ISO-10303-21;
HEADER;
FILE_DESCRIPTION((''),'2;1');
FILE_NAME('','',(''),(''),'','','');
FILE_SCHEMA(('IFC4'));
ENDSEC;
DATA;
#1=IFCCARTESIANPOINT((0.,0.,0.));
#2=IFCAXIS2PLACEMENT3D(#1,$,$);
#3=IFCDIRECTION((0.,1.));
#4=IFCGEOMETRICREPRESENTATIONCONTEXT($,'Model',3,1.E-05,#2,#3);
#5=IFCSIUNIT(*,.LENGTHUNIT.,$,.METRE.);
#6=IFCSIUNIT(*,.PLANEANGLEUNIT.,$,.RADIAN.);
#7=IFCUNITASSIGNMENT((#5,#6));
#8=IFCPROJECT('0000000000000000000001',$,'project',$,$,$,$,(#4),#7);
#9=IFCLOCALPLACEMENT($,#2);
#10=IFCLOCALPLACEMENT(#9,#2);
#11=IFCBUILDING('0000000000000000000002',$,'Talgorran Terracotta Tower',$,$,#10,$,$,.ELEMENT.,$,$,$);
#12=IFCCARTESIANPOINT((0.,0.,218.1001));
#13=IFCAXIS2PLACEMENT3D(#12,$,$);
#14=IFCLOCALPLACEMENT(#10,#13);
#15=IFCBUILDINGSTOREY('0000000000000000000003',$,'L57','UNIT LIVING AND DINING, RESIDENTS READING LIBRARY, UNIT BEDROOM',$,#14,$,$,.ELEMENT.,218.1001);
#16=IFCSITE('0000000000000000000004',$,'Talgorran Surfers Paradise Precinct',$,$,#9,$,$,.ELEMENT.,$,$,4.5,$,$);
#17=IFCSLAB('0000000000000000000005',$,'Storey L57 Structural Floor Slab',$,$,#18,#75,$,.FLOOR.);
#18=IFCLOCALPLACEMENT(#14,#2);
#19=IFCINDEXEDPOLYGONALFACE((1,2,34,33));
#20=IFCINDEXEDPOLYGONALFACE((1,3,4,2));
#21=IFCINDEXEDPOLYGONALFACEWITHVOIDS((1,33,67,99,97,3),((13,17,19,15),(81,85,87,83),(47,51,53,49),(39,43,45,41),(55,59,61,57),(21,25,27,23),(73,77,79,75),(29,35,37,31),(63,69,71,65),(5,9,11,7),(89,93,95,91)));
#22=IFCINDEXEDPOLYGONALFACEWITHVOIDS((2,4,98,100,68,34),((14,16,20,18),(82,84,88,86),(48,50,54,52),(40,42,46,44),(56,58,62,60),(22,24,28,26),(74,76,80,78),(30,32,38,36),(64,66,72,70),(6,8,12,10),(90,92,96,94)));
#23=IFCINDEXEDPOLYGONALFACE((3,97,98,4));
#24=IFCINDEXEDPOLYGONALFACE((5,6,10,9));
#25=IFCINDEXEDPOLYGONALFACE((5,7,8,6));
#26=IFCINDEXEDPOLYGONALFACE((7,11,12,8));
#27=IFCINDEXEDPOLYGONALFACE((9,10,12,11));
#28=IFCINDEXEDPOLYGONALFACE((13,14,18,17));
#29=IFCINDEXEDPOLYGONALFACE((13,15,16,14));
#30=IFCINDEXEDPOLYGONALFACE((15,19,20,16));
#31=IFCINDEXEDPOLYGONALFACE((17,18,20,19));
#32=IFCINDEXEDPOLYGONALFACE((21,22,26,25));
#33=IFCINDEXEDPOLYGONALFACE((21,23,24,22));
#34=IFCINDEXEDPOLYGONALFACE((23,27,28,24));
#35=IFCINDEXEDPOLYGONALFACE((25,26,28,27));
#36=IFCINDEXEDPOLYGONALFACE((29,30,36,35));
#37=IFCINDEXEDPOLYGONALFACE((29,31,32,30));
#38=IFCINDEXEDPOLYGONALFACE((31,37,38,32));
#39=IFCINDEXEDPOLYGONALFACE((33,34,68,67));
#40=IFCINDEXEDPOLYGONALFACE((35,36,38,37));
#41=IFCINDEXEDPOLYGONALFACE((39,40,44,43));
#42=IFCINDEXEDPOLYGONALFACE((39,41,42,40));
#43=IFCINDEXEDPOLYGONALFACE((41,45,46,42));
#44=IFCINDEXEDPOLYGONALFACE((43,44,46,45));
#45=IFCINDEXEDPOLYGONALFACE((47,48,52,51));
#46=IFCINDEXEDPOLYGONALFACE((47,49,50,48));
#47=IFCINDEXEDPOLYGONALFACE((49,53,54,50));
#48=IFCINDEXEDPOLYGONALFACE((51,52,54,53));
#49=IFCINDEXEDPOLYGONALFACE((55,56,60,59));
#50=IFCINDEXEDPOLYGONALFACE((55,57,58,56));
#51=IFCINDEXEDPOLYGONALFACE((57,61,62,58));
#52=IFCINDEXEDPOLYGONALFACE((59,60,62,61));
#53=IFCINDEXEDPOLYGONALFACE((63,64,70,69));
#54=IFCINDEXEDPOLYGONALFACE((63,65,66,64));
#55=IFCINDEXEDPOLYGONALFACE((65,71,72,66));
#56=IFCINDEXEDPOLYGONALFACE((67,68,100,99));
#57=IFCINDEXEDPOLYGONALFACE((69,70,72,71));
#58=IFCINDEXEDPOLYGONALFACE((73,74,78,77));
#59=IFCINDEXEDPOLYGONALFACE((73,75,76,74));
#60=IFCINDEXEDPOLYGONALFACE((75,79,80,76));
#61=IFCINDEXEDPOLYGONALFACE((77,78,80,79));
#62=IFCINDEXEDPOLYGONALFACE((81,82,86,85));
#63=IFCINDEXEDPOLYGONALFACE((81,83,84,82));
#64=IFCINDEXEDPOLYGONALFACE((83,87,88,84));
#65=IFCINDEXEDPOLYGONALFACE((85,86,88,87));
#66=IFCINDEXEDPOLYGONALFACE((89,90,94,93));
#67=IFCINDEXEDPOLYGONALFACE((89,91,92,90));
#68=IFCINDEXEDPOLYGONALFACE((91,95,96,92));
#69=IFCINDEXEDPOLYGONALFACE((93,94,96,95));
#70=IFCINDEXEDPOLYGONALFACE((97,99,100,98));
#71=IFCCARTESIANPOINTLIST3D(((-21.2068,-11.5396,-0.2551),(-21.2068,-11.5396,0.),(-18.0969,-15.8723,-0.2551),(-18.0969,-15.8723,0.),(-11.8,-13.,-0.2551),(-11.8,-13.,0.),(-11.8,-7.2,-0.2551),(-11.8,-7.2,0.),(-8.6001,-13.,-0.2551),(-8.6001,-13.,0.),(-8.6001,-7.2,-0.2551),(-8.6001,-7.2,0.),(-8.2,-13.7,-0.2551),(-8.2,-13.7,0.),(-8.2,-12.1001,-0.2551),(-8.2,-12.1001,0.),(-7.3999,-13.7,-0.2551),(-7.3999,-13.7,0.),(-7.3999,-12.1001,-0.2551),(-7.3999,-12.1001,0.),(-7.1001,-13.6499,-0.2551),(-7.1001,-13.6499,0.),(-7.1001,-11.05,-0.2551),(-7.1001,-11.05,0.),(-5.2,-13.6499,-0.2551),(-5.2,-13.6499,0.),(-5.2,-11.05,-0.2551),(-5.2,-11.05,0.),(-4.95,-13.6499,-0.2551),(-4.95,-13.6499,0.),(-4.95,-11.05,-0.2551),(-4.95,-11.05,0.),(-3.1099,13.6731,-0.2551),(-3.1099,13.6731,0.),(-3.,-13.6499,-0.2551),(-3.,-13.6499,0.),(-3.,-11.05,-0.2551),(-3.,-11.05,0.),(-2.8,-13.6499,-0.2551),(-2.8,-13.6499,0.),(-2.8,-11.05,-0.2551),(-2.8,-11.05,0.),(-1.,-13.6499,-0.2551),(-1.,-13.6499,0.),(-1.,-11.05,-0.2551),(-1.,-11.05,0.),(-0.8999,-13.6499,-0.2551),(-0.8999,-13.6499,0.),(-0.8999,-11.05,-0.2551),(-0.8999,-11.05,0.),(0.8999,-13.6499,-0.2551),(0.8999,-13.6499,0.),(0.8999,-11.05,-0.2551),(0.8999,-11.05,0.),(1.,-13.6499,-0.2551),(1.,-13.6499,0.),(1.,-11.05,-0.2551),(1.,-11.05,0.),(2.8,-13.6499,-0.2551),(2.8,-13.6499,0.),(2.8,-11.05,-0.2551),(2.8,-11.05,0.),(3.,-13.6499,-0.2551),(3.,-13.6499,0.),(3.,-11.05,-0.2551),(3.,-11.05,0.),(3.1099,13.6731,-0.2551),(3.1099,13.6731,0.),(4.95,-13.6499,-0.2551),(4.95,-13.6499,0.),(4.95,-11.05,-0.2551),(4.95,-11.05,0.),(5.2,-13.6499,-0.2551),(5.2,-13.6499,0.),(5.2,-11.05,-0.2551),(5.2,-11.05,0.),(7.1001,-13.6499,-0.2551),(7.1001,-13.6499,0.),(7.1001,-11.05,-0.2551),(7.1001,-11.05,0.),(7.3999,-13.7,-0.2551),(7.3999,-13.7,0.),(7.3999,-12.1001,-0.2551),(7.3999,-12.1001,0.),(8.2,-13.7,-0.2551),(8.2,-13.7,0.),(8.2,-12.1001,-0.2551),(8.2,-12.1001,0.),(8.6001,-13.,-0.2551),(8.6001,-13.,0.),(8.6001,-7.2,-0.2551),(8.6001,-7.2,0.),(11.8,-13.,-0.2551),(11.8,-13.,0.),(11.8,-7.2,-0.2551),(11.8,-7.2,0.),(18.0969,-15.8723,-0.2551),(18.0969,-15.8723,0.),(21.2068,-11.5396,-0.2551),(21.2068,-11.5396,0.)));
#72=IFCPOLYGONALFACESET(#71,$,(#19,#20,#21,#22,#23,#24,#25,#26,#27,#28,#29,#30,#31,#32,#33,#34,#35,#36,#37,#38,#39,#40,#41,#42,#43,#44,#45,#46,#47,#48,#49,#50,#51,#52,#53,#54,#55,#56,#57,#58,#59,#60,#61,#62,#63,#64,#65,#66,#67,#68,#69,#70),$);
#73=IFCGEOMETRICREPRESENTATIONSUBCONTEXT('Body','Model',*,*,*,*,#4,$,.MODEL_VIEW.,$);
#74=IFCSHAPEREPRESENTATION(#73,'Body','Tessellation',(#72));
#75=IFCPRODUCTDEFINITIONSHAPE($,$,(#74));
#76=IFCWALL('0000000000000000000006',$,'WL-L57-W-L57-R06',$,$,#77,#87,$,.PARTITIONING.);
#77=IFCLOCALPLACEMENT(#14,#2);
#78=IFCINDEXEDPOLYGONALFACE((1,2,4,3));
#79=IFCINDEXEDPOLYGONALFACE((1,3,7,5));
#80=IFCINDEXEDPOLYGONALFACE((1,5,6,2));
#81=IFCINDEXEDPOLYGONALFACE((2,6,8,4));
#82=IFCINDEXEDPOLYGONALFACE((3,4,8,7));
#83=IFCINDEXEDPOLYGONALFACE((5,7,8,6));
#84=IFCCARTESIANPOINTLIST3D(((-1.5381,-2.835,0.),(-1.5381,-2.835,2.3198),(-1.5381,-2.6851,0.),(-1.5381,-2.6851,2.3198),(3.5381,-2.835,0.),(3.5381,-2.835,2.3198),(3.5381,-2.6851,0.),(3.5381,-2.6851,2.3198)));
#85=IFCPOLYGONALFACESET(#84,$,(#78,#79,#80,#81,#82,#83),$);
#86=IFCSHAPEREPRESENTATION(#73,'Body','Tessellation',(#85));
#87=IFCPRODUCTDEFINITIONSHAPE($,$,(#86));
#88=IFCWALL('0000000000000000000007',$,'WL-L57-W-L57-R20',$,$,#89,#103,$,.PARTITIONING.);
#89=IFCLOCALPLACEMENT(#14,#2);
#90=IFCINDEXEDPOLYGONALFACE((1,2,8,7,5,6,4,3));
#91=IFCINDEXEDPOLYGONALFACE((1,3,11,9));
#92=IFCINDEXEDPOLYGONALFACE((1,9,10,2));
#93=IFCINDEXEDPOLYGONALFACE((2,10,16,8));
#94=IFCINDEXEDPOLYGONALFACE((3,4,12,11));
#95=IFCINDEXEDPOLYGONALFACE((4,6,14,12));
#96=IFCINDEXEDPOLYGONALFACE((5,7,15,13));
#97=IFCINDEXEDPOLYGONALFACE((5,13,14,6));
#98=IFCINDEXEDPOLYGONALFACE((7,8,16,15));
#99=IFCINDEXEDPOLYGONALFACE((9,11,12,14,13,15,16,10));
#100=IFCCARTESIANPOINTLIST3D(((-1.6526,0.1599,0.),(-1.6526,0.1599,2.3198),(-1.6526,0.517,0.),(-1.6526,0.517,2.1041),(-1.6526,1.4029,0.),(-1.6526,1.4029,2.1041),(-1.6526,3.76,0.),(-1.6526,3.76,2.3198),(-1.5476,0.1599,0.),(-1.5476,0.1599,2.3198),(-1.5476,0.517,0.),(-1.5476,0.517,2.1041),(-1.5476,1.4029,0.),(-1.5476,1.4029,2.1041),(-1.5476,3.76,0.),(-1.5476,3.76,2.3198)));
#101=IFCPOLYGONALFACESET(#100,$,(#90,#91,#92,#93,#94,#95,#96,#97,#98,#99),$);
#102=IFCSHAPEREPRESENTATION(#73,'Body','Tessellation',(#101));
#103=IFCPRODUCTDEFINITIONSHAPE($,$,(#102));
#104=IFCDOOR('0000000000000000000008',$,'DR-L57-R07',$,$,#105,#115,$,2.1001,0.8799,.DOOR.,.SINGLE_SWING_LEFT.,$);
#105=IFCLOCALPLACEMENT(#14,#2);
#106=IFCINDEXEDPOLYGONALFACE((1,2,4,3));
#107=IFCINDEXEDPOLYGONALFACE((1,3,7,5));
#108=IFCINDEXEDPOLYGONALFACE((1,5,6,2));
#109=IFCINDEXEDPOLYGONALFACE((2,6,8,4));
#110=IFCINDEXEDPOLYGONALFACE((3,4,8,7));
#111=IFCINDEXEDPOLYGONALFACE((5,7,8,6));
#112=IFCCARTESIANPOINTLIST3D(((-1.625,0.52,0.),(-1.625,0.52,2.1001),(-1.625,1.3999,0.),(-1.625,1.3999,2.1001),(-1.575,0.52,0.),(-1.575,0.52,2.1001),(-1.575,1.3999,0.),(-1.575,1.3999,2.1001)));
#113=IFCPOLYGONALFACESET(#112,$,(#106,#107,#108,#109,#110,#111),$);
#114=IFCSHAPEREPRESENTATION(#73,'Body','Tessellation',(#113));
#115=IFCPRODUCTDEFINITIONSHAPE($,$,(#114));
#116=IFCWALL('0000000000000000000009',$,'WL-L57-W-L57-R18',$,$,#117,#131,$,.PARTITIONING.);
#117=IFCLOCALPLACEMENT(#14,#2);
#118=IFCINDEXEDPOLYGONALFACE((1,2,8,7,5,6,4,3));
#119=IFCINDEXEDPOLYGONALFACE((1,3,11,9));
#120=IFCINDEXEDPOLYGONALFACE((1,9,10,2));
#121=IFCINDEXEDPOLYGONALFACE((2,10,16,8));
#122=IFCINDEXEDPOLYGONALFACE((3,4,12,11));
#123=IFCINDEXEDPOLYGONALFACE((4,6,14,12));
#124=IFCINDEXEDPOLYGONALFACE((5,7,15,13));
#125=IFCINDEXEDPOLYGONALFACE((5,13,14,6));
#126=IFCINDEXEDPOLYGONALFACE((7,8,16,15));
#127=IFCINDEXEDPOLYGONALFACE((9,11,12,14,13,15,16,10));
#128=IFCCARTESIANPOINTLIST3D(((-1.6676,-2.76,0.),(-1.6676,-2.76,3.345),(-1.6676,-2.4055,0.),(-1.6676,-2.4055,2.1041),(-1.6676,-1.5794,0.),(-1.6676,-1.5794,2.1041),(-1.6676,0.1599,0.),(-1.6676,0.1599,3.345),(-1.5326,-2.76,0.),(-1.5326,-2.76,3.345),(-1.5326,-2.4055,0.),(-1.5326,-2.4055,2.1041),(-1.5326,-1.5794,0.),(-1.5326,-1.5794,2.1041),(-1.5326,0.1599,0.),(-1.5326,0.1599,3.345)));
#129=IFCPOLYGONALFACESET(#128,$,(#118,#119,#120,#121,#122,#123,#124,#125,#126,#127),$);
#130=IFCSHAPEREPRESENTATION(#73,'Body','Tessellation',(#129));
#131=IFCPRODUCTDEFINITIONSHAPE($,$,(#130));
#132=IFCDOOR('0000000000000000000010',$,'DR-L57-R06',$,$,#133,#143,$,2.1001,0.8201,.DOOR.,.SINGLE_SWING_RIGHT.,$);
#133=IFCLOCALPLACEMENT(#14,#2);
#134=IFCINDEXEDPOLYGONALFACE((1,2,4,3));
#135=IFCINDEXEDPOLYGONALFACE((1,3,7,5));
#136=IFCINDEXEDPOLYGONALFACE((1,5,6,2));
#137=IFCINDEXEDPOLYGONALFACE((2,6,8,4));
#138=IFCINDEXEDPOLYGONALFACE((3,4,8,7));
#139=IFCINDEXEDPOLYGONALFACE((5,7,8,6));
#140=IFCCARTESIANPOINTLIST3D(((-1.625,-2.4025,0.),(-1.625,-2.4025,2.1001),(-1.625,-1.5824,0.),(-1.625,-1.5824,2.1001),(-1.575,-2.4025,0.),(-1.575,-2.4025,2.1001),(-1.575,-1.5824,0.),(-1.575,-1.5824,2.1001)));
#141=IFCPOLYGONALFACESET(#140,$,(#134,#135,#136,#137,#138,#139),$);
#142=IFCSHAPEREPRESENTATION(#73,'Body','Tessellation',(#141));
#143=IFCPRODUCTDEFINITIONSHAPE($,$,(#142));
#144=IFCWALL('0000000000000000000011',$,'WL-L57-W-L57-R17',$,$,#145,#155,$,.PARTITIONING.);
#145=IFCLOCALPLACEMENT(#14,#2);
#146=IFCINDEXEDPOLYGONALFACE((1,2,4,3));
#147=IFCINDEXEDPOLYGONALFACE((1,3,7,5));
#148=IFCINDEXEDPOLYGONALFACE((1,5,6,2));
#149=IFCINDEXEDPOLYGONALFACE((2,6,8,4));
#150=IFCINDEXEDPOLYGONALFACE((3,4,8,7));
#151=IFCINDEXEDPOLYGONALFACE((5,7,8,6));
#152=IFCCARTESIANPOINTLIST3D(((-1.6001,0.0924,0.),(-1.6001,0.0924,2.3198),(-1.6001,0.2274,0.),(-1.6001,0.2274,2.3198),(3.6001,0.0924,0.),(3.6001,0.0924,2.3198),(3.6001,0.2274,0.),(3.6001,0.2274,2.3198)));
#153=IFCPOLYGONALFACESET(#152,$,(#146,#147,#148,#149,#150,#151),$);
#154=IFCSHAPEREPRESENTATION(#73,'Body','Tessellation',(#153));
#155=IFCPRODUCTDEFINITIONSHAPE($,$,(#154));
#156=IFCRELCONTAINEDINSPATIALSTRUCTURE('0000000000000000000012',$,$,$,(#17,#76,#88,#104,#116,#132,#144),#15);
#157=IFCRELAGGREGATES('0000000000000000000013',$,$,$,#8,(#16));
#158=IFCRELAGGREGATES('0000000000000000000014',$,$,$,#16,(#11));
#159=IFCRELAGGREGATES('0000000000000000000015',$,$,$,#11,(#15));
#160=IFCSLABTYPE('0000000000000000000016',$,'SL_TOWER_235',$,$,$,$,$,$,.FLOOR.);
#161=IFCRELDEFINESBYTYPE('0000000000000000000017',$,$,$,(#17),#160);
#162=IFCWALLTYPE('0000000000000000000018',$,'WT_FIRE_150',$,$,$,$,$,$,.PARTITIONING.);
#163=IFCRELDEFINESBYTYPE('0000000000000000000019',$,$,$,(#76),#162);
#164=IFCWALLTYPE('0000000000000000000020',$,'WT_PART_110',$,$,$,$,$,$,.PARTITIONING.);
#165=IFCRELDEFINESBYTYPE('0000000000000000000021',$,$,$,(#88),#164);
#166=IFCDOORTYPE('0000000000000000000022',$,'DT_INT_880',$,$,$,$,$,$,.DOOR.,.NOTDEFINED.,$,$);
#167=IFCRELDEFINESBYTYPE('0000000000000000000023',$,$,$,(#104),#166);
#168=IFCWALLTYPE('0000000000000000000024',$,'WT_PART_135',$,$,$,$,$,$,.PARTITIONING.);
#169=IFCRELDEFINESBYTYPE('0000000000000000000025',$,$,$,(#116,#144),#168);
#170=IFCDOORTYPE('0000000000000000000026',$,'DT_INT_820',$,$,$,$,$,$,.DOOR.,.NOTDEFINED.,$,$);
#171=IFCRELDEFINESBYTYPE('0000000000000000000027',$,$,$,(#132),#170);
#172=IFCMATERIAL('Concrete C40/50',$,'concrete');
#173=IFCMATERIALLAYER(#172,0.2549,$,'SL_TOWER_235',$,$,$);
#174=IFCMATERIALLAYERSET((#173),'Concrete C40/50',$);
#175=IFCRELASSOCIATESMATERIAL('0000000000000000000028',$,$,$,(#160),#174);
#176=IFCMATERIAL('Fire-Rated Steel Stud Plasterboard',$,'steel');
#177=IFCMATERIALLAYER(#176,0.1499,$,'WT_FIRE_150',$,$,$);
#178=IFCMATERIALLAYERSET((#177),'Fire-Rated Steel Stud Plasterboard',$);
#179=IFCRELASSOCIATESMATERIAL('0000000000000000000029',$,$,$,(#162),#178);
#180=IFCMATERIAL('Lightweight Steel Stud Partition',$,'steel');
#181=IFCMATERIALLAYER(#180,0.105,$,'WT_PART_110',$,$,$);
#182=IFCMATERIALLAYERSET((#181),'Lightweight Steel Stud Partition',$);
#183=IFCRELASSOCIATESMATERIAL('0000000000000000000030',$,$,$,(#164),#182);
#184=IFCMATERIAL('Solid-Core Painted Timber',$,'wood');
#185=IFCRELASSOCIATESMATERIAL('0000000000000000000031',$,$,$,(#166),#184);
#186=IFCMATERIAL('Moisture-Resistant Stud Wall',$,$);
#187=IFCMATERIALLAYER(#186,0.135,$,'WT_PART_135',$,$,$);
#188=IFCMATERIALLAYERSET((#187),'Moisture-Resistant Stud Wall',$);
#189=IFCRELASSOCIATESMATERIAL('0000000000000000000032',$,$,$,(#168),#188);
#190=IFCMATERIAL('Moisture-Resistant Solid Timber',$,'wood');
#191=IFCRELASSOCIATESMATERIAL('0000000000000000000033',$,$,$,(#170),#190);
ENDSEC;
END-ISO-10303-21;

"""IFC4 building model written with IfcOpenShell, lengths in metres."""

from ifc_helpers import new_model, si_unit, direction, frame, frame_2d, origin, place, context, subcontext, project, spatial, polyline, rectangle, outline, extrude, material, layer, layer_set, type_object, element, fill, save


model = new_model("IFC4")

# Units and contexts
model_context = context("Model", 3, precision=1e-05, world=origin(), true_north=direction((0.0, 1.0)))
body_context = subcontext(model_context, "Body", "Model", "MODEL_VIEW")
ifc_project = project(units=[si_unit("LENGTHUNIT", "METRE"), si_unit("PLANEANGLEUNIT", "RADIAN")], contexts=[model_context])

# Site, building, storey
site_placement = place(None, origin())
site = spatial("IfcSite", under=ifc_project, at=site_placement, Name="Talgorran Surfers Paradise Precinct", CompositionType="ELEMENT", RefElevation=4.5)
building_placement = place(site_placement, origin())
building = spatial("IfcBuilding", under=site, at=building_placement, Name="Talgorran Terracotta Tower", CompositionType="ELEMENT")
storey_placement = place(building_placement, frame((0.0, 0.0, 218.1001)))
storey = spatial("IfcBuildingStorey", under=building, at=storey_placement, Name="L57", Description="UNIT LIVING AND DINING, RESIDENTS READING LIBRARY, UNIT BEDROOM", CompositionType="ELEMENT", Elevation=218.1001)

# Slab
ifc_material_1 = material(Name="Concrete C40/50", Category="concrete")
ifc_layer_1 = layer(ifc_material_1, 0.2549, Name="SL_TOWER_235")
ifc_layer_set_1 = layer_set([ifc_layer_1], Name="Concrete C40/50")
slab_type_1 = type_object("IfcSlabType", Name="SL_TOWER_235", PredefinedType="FLOOR", material=ifc_layer_set_1)
slab_1_placement = place(storey_placement, frame((0.0, 0.0, -0.2551)))
element("IfcSlab", 1, at=slab_1_placement, inside=storey, type_object=slab_type_1, Name="Storey L57 Structural Floor Slab", PredefinedType="FLOOR", context=body_context, shape_type="SweptSolid", body=[
    extrude(outline(polyline([(-21.2068, -11.5396), (-18.0969, -15.8723), (18.0969, -15.8723), (21.2068, -11.5396), (3.1099, 13.6731), (-3.1099, 13.6731), (-21.2068, -11.5396)]), holes=[polyline([(-11.8, -7.2), (-11.8, -13.0), (-8.6001, -13.0), (-8.6001, -7.2), (-11.8, -7.2)]), polyline([(8.6001, -7.2), (8.6001, -13.0), (11.8, -13.0), (11.8, -7.2), (8.6001, -7.2)]), polyline([(-7.1001, -13.6499), (-5.2, -13.6499), (-5.2, -11.05), (-7.1001, -11.05), (-7.1001, -13.6499)]), polyline([(5.2, -13.6499), (7.1001, -13.6499), (7.1001, -11.05), (5.2, -11.05), (5.2, -13.6499)]), polyline([(3.0, -13.6499), (4.95, -13.6499), (4.95, -11.05), (3.0, -11.05), (3.0, -13.6499)]), polyline([(-4.95, -13.6499), (-3.0, -13.6499), (-3.0, -11.05), (-4.95, -11.05), (-4.95, -13.6499)]), polyline([(-2.8, -13.6499), (-1.0, -13.6499), (-1.0, -11.05), (-2.8, -11.05), (-2.8, -13.6499)]), polyline([(-0.8999, -13.6499), (0.8999, -13.6499), (0.8999, -11.05), (-0.8999, -11.05), (-0.8999, -13.6499)]), polyline([(1.0, -13.6499), (2.8, -13.6499), (2.8, -11.05), (1.0, -11.05), (1.0, -13.6499)]), polyline([(-8.2, -13.7), (-7.3999, -13.7), (-7.3999, -12.1001), (-8.2, -12.1001), (-8.2, -13.7)]), polyline([(7.3999, -13.7), (8.2, -13.7), (8.2, -12.1001), (7.3999, -12.1001), (7.3999, -13.7)])]), origin(), (0.0, 0.0, 1.0), 0.2551),
])

# Wall
ifc_material_2 = material(Name="Fire-Rated Steel Stud Plasterboard", Category="steel")
ifc_layer_2 = layer(ifc_material_2, 0.1499, Name="WT_FIRE_150")
ifc_layer_set_2 = layer_set([ifc_layer_2], Name="Fire-Rated Steel Stud Plasterboard")
wall_type_1 = type_object("IfcWallType", Name="WT_FIRE_150", PredefinedType="PARTITIONING", material=ifc_layer_set_2)
wall_1_placement = place(storey_placement, frame((-1.5381, -2.76, 0.0), z_axis=(0.0, 0.0, 1.0), x_axis=(1.0, 0.0, 0.0)))
element("IfcWall", 2, at=wall_1_placement, inside=storey, type_object=wall_type_1, Name="WL-L57-W-L57-R06", PredefinedType="PARTITIONING", context=body_context, shape_type="SweptSolid", body=[
    extrude(rectangle(XDim=5.0762, YDim=0.1499, at=frame_2d((2.5381, 0.0))), origin(), (0.0, 0.0, 1.0), 2.3198),
])

# Walls, openings, doors
ifc_material_3 = material(Name="Lightweight Steel Stud Partition", Category="steel")
ifc_layer_3 = layer(ifc_material_3, 0.105, Name="WT_PART_110")
ifc_layer_set_3 = layer_set([ifc_layer_3], Name="Lightweight Steel Stud Partition")
wall_type_2 = type_object("IfcWallType", Name="WT_PART_110", PredefinedType="PARTITIONING", material=ifc_layer_set_3)
wall_2_placement = place(storey_placement, frame((-1.6001, 0.1599, 0.0), z_axis=(0.0, 0.0, 1.0), x_axis=(0.0, 1.0, 0.0)))
wall_2 = element("IfcWall", 3, at=wall_2_placement, inside=storey, type_object=wall_type_2, Name="WL-L57-W-L57-R20", PredefinedType="PARTITIONING", context=body_context, shape_type="SweptSolid", body=[
    extrude(rectangle(XDim=3.6001, YDim=0.105, at=frame_2d((1.8, 0.0))), origin(), (0.0, 0.0, 1.0), 2.3198),
])
opening_1_placement = place(wall_2_placement, frame((0.3601, 0.0, 0.0)))
opening_1 = element("IfcOpeningElement", 4, at=opening_1_placement, cuts=wall_2, PredefinedType="OPENING", context=body_context, shape_type="SweptSolid", body=[
    extrude(rectangle(XDim=0.8859, YDim=2.1041, at=frame_2d((0.4399, 1.052))), frame((0.0, 0.0625, 0.0), z_axis=(0.0, -1.0, 0.0), x_axis=(1.0, 0.0, 0.0)), (0.0, 0.0, 1.0), 0.125),
])
ifc_material_4 = material(Name="Solid-Core Painted Timber", Category="wood")
door_type_1 = type_object("IfcDoorType", Name="DT_INT_880", OperationType="NOTDEFINED", PredefinedType="DOOR", material=ifc_material_4)
door_1_placement = place(opening_1_placement, origin())
door_1 = element("IfcDoor", 5, at=door_1_placement, inside=storey, type_object=door_type_1, Name="DR-L57-R07", OperationType="SINGLE_SWING_LEFT", OverallHeight=2.1001, OverallWidth=0.8799, PredefinedType="DOOR", context=body_context, shape_type="SweptSolid", body=[
    extrude(rectangle(XDim=0.8799, YDim=2.1001, at=frame_2d((0.4399, 1.05))), frame((0.0, 0.0249, 0.0), z_axis=(0.0, -1.0, 0.0), x_axis=(1.0, 0.0, 0.0)), (0.0, 0.0, 1.0), 0.05),
])
fill(opening_1, door_1)
ifc_material_5 = material(Name="Moisture-Resistant Stud Wall")
ifc_layer_4 = layer(ifc_material_5, 0.135, Name="WT_PART_135")
ifc_layer_set_4 = layer_set([ifc_layer_4], Name="Moisture-Resistant Stud Wall")
wall_type_3 = type_object("IfcWallType", Name="WT_PART_135", PredefinedType="PARTITIONING", material=ifc_layer_set_4)
wall_3_placement = place(storey_placement, frame((-1.6001, -2.76, 0.0), z_axis=(0.0, 0.0, 1.0), x_axis=(0.0, 1.0, 0.0)))
wall_3 = element("IfcWall", 6, at=wall_3_placement, inside=storey, type_object=wall_type_3, Name="WL-L57-W-L57-R18", PredefinedType="PARTITIONING", context=body_context, shape_type="SweptSolid", body=[
    extrude(rectangle(XDim=2.9199, YDim=0.135, at=frame_2d((1.46, 0.0))), origin(), (0.0, 0.0, 1.0), 3.345),
])
opening_2_placement = place(wall_3_placement, frame((0.3574, 0.0, 0.0)))
opening_2 = element("IfcOpeningElement", 7, at=opening_2_placement, cuts=wall_3, PredefinedType="OPENING", context=body_context, shape_type="SweptSolid", body=[
    extrude(rectangle(XDim=0.8261, YDim=2.1041, at=frame_2d((0.4102, 1.052))), frame((0.0, 0.0776, 0.0), z_axis=(0.0, -1.0, 0.0), x_axis=(1.0, 0.0, 0.0)), (0.0, 0.0, 1.0), 0.155),
])
ifc_material_6 = material(Name="Moisture-Resistant Solid Timber", Category="wood")
door_type_2 = type_object("IfcDoorType", Name="DT_INT_820", OperationType="NOTDEFINED", PredefinedType="DOOR", material=ifc_material_6)
door_2_placement = place(opening_2_placement, origin())
door_2 = element("IfcDoor", 8, at=door_2_placement, inside=storey, type_object=door_type_2, Name="DR-L57-R06", OperationType="SINGLE_SWING_RIGHT", OverallHeight=2.1001, OverallWidth=0.8201, PredefinedType="DOOR", context=body_context, shape_type="SweptSolid", body=[
    extrude(rectangle(XDim=0.8201, YDim=2.1001, at=frame_2d((0.4102, 1.05))), frame((0.0, 0.0249, 0.0), z_axis=(0.0, -1.0, 0.0), x_axis=(1.0, 0.0, 0.0)), (0.0, 0.0, 1.0), 0.05),
])
fill(opening_2, door_2)

# Wall
wall_4_placement = place(storey_placement, frame((-1.6001, 0.1599, 0.0), z_axis=(0.0, 0.0, 1.0), x_axis=(1.0, 0.0, 0.0)))
element("IfcWall", 9, at=wall_4_placement, inside=storey, type_object=wall_type_3, Name="WL-L57-W-L57-R17", PredefinedType="PARTITIONING", context=body_context, shape_type="SweptSolid", body=[
    extrude(rectangle(XDim=5.2002, YDim=0.135, at=frame_2d((2.6001, 0.0))), origin(), (0.0, 0.0, 1.0), 2.3198),
])

save(model, "model.ifc")
